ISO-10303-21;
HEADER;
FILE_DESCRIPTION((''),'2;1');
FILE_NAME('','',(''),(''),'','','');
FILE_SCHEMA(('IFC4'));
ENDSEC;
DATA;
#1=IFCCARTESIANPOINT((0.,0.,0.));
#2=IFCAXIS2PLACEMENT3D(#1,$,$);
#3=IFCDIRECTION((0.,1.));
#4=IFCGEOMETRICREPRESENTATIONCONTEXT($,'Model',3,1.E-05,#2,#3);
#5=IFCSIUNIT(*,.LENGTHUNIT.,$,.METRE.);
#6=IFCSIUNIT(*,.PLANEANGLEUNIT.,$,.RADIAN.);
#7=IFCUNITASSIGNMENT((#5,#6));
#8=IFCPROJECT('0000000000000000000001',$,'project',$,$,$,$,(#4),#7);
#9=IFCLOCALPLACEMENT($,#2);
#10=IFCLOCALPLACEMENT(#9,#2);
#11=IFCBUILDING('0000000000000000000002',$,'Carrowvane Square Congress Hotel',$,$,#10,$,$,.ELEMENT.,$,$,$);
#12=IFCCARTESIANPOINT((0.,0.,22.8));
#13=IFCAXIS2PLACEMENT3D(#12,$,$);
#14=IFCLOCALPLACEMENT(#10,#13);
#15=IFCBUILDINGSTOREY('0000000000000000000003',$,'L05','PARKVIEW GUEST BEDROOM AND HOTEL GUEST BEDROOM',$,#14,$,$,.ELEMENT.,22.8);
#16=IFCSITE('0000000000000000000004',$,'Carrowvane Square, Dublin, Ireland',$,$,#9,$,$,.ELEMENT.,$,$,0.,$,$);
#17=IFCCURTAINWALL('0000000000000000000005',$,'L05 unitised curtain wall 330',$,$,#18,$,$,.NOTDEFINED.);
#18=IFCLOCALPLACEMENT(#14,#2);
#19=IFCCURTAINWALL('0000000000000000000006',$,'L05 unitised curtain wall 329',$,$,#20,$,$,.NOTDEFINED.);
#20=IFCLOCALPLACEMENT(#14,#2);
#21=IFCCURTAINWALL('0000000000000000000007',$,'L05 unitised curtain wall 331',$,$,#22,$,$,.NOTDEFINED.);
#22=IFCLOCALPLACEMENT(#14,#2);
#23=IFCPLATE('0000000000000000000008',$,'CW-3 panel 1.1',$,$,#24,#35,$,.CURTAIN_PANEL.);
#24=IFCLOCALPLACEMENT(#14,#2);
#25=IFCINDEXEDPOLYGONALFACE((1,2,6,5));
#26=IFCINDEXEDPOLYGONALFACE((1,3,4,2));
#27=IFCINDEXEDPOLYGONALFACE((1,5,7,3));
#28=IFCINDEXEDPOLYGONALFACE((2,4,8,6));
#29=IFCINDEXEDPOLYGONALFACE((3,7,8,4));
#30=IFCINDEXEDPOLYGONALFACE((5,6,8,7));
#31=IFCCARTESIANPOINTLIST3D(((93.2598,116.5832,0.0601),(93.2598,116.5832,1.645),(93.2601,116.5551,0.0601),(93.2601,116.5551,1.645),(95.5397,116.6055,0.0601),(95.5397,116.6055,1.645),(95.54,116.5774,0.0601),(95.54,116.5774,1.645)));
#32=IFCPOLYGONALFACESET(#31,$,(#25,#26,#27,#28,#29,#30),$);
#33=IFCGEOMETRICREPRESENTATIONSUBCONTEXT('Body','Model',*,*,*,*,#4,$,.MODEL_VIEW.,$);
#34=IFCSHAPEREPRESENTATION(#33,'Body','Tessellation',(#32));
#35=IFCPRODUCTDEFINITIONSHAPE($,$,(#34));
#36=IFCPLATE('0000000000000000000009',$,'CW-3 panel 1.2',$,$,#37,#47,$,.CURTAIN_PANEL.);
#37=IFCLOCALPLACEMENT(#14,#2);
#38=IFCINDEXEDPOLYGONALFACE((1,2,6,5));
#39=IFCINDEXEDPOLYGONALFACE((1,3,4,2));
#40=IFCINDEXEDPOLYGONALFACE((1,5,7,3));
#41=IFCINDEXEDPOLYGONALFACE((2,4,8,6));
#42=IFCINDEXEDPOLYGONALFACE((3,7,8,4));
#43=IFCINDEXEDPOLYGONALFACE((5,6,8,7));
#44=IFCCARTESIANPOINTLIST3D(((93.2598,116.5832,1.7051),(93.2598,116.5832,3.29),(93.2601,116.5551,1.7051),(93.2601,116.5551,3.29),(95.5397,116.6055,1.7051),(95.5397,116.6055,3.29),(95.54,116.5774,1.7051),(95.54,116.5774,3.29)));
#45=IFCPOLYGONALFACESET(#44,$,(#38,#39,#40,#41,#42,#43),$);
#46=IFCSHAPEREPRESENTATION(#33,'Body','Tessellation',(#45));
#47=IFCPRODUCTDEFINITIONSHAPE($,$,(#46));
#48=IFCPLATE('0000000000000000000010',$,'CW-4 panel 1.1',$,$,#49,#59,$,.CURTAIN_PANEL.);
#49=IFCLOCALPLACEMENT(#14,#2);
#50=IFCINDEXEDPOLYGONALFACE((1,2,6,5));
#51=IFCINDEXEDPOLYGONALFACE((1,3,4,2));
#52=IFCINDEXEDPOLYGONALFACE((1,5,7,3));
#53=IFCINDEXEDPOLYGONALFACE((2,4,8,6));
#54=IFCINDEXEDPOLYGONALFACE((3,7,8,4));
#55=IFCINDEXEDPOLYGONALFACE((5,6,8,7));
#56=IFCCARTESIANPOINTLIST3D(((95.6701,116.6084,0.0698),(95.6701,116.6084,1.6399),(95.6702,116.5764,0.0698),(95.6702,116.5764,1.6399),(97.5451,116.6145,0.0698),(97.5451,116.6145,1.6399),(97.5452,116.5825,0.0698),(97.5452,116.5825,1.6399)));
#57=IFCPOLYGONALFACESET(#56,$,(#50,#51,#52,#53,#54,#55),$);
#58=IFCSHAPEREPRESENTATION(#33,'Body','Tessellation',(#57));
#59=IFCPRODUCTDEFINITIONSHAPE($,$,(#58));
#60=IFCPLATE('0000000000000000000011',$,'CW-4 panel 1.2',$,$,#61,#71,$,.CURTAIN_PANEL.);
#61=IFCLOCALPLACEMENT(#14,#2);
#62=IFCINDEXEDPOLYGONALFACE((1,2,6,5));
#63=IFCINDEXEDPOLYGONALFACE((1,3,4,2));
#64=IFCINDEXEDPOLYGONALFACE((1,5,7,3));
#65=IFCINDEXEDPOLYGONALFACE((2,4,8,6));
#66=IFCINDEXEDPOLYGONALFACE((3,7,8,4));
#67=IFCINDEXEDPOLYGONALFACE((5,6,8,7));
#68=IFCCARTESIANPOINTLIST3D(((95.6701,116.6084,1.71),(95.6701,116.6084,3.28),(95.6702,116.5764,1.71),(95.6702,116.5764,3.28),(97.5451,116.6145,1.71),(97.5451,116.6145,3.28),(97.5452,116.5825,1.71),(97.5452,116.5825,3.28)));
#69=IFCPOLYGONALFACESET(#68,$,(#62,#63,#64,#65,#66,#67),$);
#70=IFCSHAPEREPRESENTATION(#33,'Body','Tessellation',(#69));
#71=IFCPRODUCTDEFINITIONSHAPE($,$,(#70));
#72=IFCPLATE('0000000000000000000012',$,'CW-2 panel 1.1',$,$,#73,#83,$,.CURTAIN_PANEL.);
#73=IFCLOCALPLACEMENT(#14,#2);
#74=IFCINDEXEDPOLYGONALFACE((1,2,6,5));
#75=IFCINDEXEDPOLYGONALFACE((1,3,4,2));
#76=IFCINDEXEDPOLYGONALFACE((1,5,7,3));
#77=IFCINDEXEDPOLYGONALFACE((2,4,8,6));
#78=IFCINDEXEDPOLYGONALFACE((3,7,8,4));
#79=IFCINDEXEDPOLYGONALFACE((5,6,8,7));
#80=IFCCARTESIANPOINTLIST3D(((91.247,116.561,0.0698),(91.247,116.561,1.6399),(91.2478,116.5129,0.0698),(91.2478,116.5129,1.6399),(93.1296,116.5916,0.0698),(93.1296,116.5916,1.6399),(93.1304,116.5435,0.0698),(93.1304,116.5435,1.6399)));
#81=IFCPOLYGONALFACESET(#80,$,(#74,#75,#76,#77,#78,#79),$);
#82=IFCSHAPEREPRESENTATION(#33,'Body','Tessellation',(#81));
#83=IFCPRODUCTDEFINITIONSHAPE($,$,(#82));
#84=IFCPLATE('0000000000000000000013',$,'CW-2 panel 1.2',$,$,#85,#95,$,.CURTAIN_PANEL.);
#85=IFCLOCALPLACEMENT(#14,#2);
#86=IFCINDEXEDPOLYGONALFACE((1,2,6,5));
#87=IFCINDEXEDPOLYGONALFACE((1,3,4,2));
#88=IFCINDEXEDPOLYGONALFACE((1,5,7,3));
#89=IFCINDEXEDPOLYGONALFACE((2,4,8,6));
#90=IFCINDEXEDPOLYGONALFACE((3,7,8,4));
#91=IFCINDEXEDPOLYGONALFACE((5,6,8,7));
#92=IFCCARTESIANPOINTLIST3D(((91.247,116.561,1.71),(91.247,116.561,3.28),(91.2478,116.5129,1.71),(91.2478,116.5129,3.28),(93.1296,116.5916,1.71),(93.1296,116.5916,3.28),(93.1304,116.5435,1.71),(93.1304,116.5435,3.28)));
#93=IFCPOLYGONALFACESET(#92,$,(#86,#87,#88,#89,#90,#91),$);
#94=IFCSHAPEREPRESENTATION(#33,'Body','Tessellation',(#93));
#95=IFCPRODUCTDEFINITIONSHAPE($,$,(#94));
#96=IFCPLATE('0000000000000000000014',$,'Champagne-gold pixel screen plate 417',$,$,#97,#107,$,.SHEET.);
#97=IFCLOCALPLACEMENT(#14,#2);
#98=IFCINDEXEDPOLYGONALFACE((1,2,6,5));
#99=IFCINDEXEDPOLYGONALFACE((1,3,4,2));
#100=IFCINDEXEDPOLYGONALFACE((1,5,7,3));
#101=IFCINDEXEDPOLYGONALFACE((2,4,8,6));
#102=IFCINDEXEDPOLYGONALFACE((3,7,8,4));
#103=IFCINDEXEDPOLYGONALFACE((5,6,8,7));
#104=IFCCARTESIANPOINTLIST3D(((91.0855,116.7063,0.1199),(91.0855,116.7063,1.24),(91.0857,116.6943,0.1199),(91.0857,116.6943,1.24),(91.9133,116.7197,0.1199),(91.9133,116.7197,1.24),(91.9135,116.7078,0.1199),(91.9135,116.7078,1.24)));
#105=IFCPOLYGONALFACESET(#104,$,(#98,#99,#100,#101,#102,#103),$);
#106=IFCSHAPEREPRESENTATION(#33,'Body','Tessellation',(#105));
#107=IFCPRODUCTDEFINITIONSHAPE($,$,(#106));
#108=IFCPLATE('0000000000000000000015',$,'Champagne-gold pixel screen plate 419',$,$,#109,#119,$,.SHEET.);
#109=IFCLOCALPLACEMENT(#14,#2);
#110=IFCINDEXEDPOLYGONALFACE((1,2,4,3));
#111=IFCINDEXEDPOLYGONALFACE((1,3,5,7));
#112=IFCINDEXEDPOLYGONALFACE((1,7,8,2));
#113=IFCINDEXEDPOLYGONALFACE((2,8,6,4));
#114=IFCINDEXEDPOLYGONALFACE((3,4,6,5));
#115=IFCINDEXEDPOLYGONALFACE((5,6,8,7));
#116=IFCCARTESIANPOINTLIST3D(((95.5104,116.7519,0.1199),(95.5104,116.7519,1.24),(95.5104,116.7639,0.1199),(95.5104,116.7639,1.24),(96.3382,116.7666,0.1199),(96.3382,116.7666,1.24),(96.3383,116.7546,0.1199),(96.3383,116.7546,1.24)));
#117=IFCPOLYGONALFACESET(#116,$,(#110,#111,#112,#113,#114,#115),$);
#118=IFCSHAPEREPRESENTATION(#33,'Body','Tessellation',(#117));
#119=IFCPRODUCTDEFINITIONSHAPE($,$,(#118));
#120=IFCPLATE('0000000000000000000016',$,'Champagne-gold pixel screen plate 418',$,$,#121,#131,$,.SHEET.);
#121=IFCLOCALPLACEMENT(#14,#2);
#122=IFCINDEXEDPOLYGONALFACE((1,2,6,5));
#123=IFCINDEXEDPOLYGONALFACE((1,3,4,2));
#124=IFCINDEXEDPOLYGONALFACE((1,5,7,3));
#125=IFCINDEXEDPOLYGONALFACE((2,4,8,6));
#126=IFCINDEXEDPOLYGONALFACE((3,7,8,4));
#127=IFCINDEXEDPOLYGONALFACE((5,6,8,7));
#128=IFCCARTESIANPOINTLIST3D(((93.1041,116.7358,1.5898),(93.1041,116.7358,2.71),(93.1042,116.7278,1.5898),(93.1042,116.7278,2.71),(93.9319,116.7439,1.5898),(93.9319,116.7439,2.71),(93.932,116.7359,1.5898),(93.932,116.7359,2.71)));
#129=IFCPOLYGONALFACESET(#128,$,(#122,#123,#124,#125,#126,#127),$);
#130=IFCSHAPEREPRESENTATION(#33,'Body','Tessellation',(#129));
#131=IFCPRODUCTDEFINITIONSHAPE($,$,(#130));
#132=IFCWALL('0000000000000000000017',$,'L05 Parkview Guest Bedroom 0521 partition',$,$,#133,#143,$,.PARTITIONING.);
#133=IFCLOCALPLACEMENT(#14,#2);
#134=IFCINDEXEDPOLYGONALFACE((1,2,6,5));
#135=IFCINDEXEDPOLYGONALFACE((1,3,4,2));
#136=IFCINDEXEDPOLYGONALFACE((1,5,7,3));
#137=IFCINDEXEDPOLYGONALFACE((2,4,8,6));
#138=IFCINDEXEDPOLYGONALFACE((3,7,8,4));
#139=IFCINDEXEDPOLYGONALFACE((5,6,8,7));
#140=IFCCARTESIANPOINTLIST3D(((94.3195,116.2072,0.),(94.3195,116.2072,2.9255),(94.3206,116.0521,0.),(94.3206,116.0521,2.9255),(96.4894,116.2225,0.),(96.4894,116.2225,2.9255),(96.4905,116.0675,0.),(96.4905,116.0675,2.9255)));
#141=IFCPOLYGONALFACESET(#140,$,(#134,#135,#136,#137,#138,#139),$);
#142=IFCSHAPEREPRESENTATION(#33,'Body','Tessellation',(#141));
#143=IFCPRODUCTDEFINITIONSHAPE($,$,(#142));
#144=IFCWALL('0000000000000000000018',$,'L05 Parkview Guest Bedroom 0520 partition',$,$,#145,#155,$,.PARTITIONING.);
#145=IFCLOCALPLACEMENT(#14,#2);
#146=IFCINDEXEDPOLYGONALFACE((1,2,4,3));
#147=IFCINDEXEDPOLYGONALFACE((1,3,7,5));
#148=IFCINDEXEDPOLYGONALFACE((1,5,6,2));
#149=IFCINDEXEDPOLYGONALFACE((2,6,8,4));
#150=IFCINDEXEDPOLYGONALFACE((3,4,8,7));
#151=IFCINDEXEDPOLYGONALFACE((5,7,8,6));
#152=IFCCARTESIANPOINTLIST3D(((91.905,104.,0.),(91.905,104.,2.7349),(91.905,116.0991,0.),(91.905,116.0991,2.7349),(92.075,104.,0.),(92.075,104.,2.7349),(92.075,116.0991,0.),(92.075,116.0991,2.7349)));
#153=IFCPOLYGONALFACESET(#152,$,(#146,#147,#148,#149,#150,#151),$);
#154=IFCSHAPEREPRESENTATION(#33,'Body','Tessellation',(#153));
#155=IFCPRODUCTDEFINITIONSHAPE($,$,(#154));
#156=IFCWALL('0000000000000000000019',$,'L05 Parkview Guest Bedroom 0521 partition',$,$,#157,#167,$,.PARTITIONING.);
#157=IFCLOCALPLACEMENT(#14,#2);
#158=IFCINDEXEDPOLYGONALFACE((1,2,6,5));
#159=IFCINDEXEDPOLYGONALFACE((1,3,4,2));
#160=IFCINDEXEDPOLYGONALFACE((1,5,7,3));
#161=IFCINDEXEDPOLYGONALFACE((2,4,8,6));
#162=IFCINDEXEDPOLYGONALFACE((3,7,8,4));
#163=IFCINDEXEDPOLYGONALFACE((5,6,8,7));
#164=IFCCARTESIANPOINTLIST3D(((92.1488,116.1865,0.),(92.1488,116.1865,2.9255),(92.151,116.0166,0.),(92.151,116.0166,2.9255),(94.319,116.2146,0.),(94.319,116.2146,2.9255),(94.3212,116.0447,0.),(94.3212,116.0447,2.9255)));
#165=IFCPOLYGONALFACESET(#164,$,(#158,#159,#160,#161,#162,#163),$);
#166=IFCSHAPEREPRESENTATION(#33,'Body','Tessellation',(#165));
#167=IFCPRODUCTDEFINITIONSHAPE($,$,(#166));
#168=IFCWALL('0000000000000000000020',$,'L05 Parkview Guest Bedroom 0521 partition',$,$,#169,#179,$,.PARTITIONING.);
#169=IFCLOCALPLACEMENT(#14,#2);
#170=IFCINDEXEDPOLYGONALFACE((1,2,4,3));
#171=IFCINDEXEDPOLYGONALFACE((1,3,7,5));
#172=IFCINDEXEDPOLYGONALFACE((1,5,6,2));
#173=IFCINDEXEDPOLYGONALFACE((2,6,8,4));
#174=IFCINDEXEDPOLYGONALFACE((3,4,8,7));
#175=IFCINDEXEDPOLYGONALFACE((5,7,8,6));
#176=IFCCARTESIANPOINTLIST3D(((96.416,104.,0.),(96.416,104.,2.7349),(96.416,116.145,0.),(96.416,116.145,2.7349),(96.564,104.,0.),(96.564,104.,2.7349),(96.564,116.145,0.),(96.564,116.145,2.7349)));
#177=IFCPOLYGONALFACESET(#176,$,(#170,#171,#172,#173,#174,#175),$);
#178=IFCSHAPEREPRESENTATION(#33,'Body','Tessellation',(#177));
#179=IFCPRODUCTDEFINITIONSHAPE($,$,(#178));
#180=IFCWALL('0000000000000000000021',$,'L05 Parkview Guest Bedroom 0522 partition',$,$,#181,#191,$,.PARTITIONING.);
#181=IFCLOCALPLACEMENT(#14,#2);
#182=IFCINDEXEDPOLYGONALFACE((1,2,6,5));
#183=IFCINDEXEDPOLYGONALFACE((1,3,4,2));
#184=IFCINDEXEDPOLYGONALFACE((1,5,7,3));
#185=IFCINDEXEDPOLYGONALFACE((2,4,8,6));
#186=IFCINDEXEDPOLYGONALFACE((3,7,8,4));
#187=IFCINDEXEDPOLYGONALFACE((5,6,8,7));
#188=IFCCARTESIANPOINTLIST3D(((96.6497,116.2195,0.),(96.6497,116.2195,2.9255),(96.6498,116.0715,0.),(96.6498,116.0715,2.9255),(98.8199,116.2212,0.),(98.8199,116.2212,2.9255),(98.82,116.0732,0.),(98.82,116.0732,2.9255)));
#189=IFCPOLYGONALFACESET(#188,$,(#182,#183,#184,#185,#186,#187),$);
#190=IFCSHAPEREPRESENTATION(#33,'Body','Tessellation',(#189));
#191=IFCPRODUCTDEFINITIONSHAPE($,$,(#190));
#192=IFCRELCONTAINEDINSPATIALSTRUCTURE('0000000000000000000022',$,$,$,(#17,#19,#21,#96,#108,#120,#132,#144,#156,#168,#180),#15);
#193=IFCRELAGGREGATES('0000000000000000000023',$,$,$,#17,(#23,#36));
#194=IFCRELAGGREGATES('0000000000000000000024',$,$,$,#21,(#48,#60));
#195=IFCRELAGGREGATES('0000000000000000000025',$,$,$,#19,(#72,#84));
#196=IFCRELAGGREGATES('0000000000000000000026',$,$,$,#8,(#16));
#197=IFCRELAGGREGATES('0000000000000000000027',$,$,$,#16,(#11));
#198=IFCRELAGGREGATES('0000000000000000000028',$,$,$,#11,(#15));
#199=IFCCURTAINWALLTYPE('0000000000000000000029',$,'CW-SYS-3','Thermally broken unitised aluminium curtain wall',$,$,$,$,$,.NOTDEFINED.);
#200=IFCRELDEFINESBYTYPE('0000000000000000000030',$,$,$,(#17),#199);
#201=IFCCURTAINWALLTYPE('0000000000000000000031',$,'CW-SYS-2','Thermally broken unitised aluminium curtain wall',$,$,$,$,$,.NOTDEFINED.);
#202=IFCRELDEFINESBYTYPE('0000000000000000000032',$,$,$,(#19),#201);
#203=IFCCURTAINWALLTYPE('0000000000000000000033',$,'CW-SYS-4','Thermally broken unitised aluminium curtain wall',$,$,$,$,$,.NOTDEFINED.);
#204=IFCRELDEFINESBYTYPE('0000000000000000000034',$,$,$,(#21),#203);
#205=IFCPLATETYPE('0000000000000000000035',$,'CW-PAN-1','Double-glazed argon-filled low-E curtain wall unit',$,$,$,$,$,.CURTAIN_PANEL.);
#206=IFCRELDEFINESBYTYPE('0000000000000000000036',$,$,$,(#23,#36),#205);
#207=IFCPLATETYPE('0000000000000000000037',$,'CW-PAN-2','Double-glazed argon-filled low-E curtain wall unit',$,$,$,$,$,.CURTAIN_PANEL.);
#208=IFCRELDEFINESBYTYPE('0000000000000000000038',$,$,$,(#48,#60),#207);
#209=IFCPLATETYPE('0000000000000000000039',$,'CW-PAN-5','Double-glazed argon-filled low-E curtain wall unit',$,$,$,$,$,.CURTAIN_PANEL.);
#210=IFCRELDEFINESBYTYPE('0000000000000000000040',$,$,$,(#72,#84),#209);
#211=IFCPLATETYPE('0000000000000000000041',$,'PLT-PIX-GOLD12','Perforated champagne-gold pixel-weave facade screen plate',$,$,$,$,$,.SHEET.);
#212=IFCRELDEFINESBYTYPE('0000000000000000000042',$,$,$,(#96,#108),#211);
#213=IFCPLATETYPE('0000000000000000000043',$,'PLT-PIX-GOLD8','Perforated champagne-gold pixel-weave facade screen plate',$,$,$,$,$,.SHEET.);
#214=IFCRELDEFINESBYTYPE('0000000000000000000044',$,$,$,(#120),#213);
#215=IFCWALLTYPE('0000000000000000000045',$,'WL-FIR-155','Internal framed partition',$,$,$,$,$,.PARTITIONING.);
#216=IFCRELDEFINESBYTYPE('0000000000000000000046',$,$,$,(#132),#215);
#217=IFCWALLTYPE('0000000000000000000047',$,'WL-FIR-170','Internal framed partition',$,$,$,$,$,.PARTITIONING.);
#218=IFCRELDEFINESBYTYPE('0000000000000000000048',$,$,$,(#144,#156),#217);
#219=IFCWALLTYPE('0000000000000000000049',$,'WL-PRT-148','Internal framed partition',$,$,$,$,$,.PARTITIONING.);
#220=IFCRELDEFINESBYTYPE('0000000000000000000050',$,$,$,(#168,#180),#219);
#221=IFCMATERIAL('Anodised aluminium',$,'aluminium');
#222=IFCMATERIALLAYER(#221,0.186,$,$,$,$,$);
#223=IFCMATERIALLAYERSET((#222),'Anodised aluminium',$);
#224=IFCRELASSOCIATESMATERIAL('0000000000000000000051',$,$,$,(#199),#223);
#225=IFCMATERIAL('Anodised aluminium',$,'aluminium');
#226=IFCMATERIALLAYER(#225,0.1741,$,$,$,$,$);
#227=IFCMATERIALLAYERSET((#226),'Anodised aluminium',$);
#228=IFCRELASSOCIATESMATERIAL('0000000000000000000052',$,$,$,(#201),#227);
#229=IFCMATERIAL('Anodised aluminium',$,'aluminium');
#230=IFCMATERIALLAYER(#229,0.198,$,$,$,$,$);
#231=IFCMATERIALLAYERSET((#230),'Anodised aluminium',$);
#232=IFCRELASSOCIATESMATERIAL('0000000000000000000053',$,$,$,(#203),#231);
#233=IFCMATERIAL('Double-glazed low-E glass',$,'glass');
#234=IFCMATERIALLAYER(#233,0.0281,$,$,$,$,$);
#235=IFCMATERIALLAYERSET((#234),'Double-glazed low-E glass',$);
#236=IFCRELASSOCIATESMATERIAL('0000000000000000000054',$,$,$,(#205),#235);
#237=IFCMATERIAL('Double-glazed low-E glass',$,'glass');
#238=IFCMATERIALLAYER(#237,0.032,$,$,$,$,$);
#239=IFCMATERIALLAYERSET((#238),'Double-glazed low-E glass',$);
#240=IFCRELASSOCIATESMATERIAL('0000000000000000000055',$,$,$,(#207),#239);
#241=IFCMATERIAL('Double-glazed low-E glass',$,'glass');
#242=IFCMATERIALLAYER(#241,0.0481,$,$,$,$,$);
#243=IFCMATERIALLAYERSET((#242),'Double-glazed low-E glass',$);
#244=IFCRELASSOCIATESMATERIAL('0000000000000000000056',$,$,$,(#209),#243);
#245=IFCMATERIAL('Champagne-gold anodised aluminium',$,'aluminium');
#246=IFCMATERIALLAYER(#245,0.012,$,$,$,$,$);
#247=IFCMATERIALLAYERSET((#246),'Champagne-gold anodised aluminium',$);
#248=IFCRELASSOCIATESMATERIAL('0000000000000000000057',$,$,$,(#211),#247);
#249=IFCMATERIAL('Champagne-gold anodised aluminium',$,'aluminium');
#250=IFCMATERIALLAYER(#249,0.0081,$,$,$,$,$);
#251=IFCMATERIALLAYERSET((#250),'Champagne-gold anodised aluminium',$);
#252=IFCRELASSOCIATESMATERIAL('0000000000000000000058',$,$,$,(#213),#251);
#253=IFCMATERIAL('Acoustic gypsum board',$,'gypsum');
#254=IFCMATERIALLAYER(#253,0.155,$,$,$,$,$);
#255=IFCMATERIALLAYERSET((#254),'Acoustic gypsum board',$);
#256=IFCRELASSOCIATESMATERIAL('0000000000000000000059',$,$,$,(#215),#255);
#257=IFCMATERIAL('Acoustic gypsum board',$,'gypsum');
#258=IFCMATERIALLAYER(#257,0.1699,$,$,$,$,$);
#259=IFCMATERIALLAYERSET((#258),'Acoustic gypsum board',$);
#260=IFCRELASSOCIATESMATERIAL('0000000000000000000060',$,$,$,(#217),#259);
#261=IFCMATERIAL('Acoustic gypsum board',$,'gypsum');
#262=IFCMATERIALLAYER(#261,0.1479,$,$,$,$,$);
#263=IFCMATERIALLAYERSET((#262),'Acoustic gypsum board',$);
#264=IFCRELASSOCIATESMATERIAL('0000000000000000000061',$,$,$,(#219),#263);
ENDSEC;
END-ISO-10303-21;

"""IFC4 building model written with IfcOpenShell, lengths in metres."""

from ifc_helpers import new_model, si_unit, direction, frame, frame_2d, origin, origin_2d, place, context, subcontext, project, spatial, rectangle, extrude, material, layer, layer_set, type_object, element, aggregate, save


model = new_model("IFC4")

# Units and contexts
model_context = context("Model", 3, precision=1e-05, world=origin(), true_north=direction((0.0, 1.0)))
body_context = subcontext(model_context, "Body", "Model", "MODEL_VIEW")
ifc_project = project(units=[si_unit("LENGTHUNIT", "METRE"), si_unit("PLANEANGLEUNIT", "RADIAN")], contexts=[model_context])

# Site, building, storey
site_placement = place(None, origin())
site = spatial("IfcSite", under=ifc_project, at=site_placement, Name="Carrowvane Square, Dublin, Ireland", CompositionType="ELEMENT", RefElevation=0.0)
building_placement = place(site_placement, origin())
building = spatial("IfcBuilding", under=site, at=building_placement, Name="Carrowvane Square Congress Hotel", CompositionType="ELEMENT")
storey_placement = place(building_placement, frame((0.0, 0.0, 22.8)))
storey = spatial("IfcBuildingStorey", under=building, at=storey_placement, Name="L05", Description="PARKVIEW GUEST BEDROOM AND HOTEL GUEST BEDROOM", CompositionType="ELEMENT", Elevation=22.8)

# Curtain walls
ifc_material_1 = material(Name="Anodised aluminium", Category="aluminium")
ifc_layer_1 = layer(ifc_material_1, 0.186)
ifc_layer_set_1 = layer_set([ifc_layer_1], Name="Anodised aluminium")
curtain_wall_type_1 = type_object("IfcCurtainWallType", Name="CW-SYS-3", Description="Thermally broken unitised aluminium curtain wall", PredefinedType="NOTDEFINED", material=ifc_layer_set_1)
curtain_wall_1_placement = place(storey_placement, origin())
curtain_wall_1 = element("IfcCurtainWall", 1, at=curtain_wall_1_placement, inside=storey, type_object=curtain_wall_type_1, Name="L05 unitised curtain wall 330", PredefinedType="NOTDEFINED")
ifc_material_2 = material(Name="Anodised aluminium", Category="aluminium")
ifc_layer_2 = layer(ifc_material_2, 0.1741)
ifc_layer_set_2 = layer_set([ifc_layer_2], Name="Anodised aluminium")
curtain_wall_type_2 = type_object("IfcCurtainWallType", Name="CW-SYS-2", Description="Thermally broken unitised aluminium curtain wall", PredefinedType="NOTDEFINED", material=ifc_layer_set_2)
curtain_wall_2_placement = place(storey_placement, origin())
curtain_wall_2 = element("IfcCurtainWall", 2, at=curtain_wall_2_placement, inside=storey, type_object=curtain_wall_type_2, Name="L05 unitised curtain wall 329", PredefinedType="NOTDEFINED")
ifc_material_3 = material(Name="Anodised aluminium", Category="aluminium")
ifc_layer_3 = layer(ifc_material_3, 0.198)
ifc_layer_set_3 = layer_set([ifc_layer_3], Name="Anodised aluminium")
curtain_wall_type_3 = type_object("IfcCurtainWallType", Name="CW-SYS-4", Description="Thermally broken unitised aluminium curtain wall", PredefinedType="NOTDEFINED", material=ifc_layer_set_3)
curtain_wall_3_placement = place(storey_placement, origin())
curtain_wall_3 = element("IfcCurtainWall", 3, at=curtain_wall_3_placement, inside=storey, type_object=curtain_wall_type_3, Name="L05 unitised curtain wall 331", PredefinedType="NOTDEFINED")

# Plates
ifc_material_4 = material(Name="Double-glazed low-E glass", Category="glass")
ifc_layer_4 = layer(ifc_material_4, 0.0281)
ifc_layer_set_4 = layer_set([ifc_layer_4], Name="Double-glazed low-E glass")
plate_type_1 = type_object("IfcPlateType", Name="CW-PAN-1", Description="Double-glazed argon-filled low-E curtain wall unit", PredefinedType="CURTAIN_PANEL", material=ifc_layer_set_4)
plate_1_placement = place(storey_placement, frame((94.3999, 116.5803, 0.0601), z_axis=(0.0, 0.0, 1.0), x_axis=(0.999952, 0.009783, 0.0)))
plate_1 = element("IfcPlate", 4, at=plate_1_placement, type_object=plate_type_1, Name="CW-3 panel 1.1", PredefinedType="CURTAIN_PANEL", context=body_context, shape_type="SweptSolid", body=[
    extrude(rectangle(XDim=2.28, YDim=0.0281, at=origin_2d()), origin(), (0.0, 0.0, 1.0), 1.585),
])
plate_2_placement = place(storey_placement, frame((94.3999, 116.5803, 1.7051), z_axis=(0.0, 0.0, 1.0), x_axis=(0.999952, 0.009783, 0.0)))
plate_2 = element("IfcPlate", 5, at=plate_2_placement, type_object=plate_type_1, Name="CW-3 panel 1.2", PredefinedType="CURTAIN_PANEL", context=body_context, shape_type="SweptSolid", body=[
    extrude(rectangle(XDim=2.28, YDim=0.0281, at=origin_2d()), origin(), (0.0, 0.0, 1.0), 1.585),
])
aggregate(curtain_wall_1, [plate_1, plate_2])
ifc_material_5 = material(Name="Double-glazed low-E glass", Category="glass")
ifc_layer_5 = layer(ifc_material_5, 0.032)
ifc_layer_set_5 = layer_set([ifc_layer_5], Name="Double-glazed low-E glass")
plate_type_2 = type_object("IfcPlateType", Name="CW-PAN-2", Description="Double-glazed argon-filled low-E curtain wall unit", PredefinedType="CURTAIN_PANEL", material=ifc_layer_set_5)
plate_3_placement = place(storey_placement, frame((96.6077, 116.5955, 0.0698), z_axis=(0.0, 0.0, 1.0), x_axis=(0.999995, 0.00327, 0.0)))
plate_3 = element("IfcPlate", 6, at=plate_3_placement, type_object=plate_type_2, Name="CW-4 panel 1.1", PredefinedType="CURTAIN_PANEL", context=body_context, shape_type="SweptSolid", body=[
    extrude(rectangle(XDim=1.875, YDim=0.032, at=origin_2d()), origin(), (0.0, 0.0, 1.0), 1.5701),
])
plate_4_placement = place(storey_placement, frame((96.6077, 116.5955, 1.71), z_axis=(0.0, 0.0, 1.0), x_axis=(0.999995, 0.00327, 0.0)))
plate_4 = element("IfcPlate", 7, at=plate_4_placement, type_object=plate_type_2, Name="CW-4 panel 1.2", PredefinedType="CURTAIN_PANEL", context=body_context, shape_type="SweptSolid", body=[
    extrude(rectangle(XDim=1.875, YDim=0.032, at=origin_2d()), origin(), (0.0, 0.0, 1.0), 1.5701),
])
aggregate(curtain_wall_3, [plate_3, plate_4])
ifc_material_6 = material(Name="Double-glazed low-E glass", Category="glass")
ifc_layer_6 = layer(ifc_material_6, 0.0481)
ifc_layer_set_6 = layer_set([ifc_layer_6], Name="Double-glazed low-E glass")
plate_type_3 = type_object("IfcPlateType", Name="CW-PAN-5", Description="Double-glazed argon-filled low-E curtain wall unit", PredefinedType="CURTAIN_PANEL", material=ifc_layer_set_6)
plate_5_placement = place(storey_placement, frame((92.1887, 116.5522, 0.0698), z_axis=(0.0, 0.0, 1.0), x_axis=(0.999869, 0.016216, 0.0)))
plate_5 = element("IfcPlate", 8, at=plate_5_placement, type_object=plate_type_3, Name="CW-2 panel 1.1", PredefinedType="CURTAIN_PANEL", context=body_context, shape_type="SweptSolid", body=[
    extrude(rectangle(XDim=1.8828, YDim=0.0481, at=origin_2d()), origin(), (0.0, 0.0, 1.0), 1.5701),
])
plate_6_placement = place(storey_placement, frame((92.1887, 116.5522, 1.71), z_axis=(0.0, 0.0, 1.0), x_axis=(0.999869, 0.016216, 0.0)))
plate_6 = element("IfcPlate", 9, at=plate_6_placement, type_object=plate_type_3, Name="CW-2 panel 1.2", PredefinedType="CURTAIN_PANEL", context=body_context, shape_type="SweptSolid", body=[
    extrude(rectangle(XDim=1.8828, YDim=0.0481, at=origin_2d()), origin(), (0.0, 0.0, 1.0), 1.5701),
])
aggregate(curtain_wall_2, [plate_5, plate_6])

# Plates
ifc_material_7 = material(Name="Champagne-gold anodised aluminium", Category="aluminium")
ifc_layer_7 = layer(ifc_material_7, 0.012)
ifc_layer_set_7 = layer_set([ifc_layer_7], Name="Champagne-gold anodised aluminium")
plate_type_4 = type_object("IfcPlateType", Name="PLT-PIX-GOLD12", Description="Perforated champagne-gold pixel-weave facade screen plate", PredefinedType="SHEET", material=ifc_layer_set_7)
for number, where, z_axis, x_axis, name in (
    (10, (91.4995, 116.707, 0.1199), (0.0, 0.0, 1.0), (0.999869, 0.016216, 0.0), "Champagne-gold pixel screen plate 417"),
    (11, (95.9243, 116.7593, 0.1199), (0.0, 0.0, 1.0), (0.999995, 0.00327, 0.0), "Champagne-gold pixel screen plate 419"),
):
    element("IfcPlate", number, at=place(storey_placement, frame(where, z_axis=z_axis, x_axis=x_axis)), inside=storey, type_object=plate_type_4, Name=name, PredefinedType="SHEET", context=body_context, shape_type="SweptSolid", body=[
        extrude(rectangle(XDim=0.8279, YDim=0.012, at=origin_2d()), origin(), (0.0, 0.0, 1.0), 1.1201),
    ])
ifc_material_8 = material(Name="Champagne-gold anodised aluminium", Category="aluminium")
ifc_layer_8 = layer(ifc_material_8, 0.0081)
ifc_layer_set_8 = layer_set([ifc_layer_8], Name="Champagne-gold anodised aluminium")
plate_type_5 = type_object("IfcPlateType", Name="PLT-PIX-GOLD8", Description="Perforated champagne-gold pixel-weave facade screen plate", PredefinedType="SHEET", material=ifc_layer_set_8)
plate_7_placement = place(storey_placement, frame((93.5181, 116.7358, 1.5898), z_axis=(0.0, 0.0, 1.0), x_axis=(0.999952, 0.009782, 0.0)))
element("IfcPlate", 12, at=plate_7_placement, inside=storey, type_object=plate_type_5, Name="Champagne-gold pixel screen plate 418", PredefinedType="SHEET", context=body_context, shape_type="SweptSolid", body=[
    extrude(rectangle(XDim=0.8279, YDim=0.0081, at=origin_2d()), origin(), (0.0, 0.0, 1.0), 1.1201),
])

# Walls
ifc_material_9 = material(Name="Acoustic gypsum board", Category="gypsum")
ifc_layer_9 = layer(ifc_material_9, 0.155)
ifc_layer_set_9 = layer_set([ifc_layer_9], Name="Acoustic gypsum board")
wall_type_1 = type_object("IfcWallType", Name="WL-FIR-155", Description="Internal framed partition", PredefinedType="PARTITIONING", material=ifc_layer_set_9)
wall_1_placement = place(storey_placement, frame((94.3201, 116.1296, 0.0), z_axis=(0.0, 0.0, 1.0), x_axis=(0.999975, 0.007088, 0.0)))
element("IfcWall", 13, at=wall_1_placement, inside=storey, type_object=wall_type_1, Name="L05 Parkview Guest Bedroom 0521 partition", PredefinedType="PARTITIONING", context=body_context, shape_type="SweptSolid", body=[
    extrude(rectangle(XDim=2.1699, YDim=0.155, at=frame_2d((1.085, 0.0))), origin(), (0.0, 0.0, 1.0), 2.9255),
])
ifc_material_10 = material(Name="Acoustic gypsum board", Category="gypsum")
ifc_layer_10 = layer(ifc_material_10, 0.1699)
ifc_layer_set_10 = layer_set([ifc_layer_10], Name="Acoustic gypsum board")
wall_type_2 = type_object("IfcWallType", Name="WL-FIR-170", Description="Internal framed partition", PredefinedType="PARTITIONING", material=ifc_layer_set_10)
wall_2_placement = place(storey_placement, frame((91.99, 116.0991, 0.0), z_axis=(0.0, 0.0, 1.0), x_axis=(0.0, -1.0, 0.0)))
element("IfcWall", 14, at=wall_2_placement, inside=storey, type_object=wall_type_2, Name="L05 Parkview Guest Bedroom 0520 partition", PredefinedType="PARTITIONING", context=body_context, shape_type="SweptSolid", body=[
    extrude(rectangle(XDim=12.0991, YDim=0.1699, at=frame_2d((6.0496, 0.0))), origin(), (0.0, 0.0, 1.0), 2.7349),
])
wall_3_placement = place(storey_placement, frame((92.1499, 116.1016, 0.0), z_axis=(0.0, 0.0, 1.0), x_axis=(0.999916, 0.012936, 0.0)))
element("IfcWall", 15, at=wall_3_placement, inside=storey, type_object=wall_type_2, Name="L05 Parkview Guest Bedroom 0521 partition", PredefinedType="PARTITIONING", context=body_context, shape_type="SweptSolid", body=[
    extrude(rectangle(XDim=2.1704, YDim=0.1699, at=frame_2d((1.0852, 0.0))), origin(), (0.0, 0.0, 1.0), 2.9255),
])
ifc_material_11 = material(Name="Acoustic gypsum board", Category="gypsum")
ifc_layer_11 = layer(ifc_material_11, 0.1479)
ifc_layer_set_11 = layer_set([ifc_layer_11], Name="Acoustic gypsum board")
wall_type_3 = type_object("IfcWallType", Name="WL-PRT-148", Description="Internal framed partition", PredefinedType="PARTITIONING", material=ifc_layer_set_11)
wall_4_placement = place(storey_placement, frame((96.49, 116.145, 0.0), z_axis=(0.0, 0.0, 1.0), x_axis=(0.0, -1.0, 0.0)))
element("IfcWall", 16, at=wall_4_placement, inside=storey, type_object=wall_type_3, Name="L05 Parkview Guest Bedroom 0521 partition", PredefinedType="PARTITIONING", context=body_context, shape_type="SweptSolid", body=[
    extrude(rectangle(XDim=12.145, YDim=0.1479, at=frame_2d((6.0725, 0.0))), origin(), (0.0, 0.0, 1.0), 2.7349),
])
wall_5_placement = place(storey_placement, frame((96.6499, 116.1455, 0.0), z_axis=(0.0, 0.0, 1.0), x_axis=(1.0, 0.000787, 0.0)))
element("IfcWall", 17, at=wall_5_placement, inside=storey, type_object=wall_type_3, Name="L05 Parkview Guest Bedroom 0522 partition", PredefinedType="PARTITIONING", context=body_context, shape_type="SweptSolid", body=[
    extrude(rectangle(XDim=2.1702, YDim=0.1479, at=frame_2d((1.085, 0.0))), origin(), (0.0, 0.0, 1.0), 2.9255),
])

save(model, "model.ifc")
